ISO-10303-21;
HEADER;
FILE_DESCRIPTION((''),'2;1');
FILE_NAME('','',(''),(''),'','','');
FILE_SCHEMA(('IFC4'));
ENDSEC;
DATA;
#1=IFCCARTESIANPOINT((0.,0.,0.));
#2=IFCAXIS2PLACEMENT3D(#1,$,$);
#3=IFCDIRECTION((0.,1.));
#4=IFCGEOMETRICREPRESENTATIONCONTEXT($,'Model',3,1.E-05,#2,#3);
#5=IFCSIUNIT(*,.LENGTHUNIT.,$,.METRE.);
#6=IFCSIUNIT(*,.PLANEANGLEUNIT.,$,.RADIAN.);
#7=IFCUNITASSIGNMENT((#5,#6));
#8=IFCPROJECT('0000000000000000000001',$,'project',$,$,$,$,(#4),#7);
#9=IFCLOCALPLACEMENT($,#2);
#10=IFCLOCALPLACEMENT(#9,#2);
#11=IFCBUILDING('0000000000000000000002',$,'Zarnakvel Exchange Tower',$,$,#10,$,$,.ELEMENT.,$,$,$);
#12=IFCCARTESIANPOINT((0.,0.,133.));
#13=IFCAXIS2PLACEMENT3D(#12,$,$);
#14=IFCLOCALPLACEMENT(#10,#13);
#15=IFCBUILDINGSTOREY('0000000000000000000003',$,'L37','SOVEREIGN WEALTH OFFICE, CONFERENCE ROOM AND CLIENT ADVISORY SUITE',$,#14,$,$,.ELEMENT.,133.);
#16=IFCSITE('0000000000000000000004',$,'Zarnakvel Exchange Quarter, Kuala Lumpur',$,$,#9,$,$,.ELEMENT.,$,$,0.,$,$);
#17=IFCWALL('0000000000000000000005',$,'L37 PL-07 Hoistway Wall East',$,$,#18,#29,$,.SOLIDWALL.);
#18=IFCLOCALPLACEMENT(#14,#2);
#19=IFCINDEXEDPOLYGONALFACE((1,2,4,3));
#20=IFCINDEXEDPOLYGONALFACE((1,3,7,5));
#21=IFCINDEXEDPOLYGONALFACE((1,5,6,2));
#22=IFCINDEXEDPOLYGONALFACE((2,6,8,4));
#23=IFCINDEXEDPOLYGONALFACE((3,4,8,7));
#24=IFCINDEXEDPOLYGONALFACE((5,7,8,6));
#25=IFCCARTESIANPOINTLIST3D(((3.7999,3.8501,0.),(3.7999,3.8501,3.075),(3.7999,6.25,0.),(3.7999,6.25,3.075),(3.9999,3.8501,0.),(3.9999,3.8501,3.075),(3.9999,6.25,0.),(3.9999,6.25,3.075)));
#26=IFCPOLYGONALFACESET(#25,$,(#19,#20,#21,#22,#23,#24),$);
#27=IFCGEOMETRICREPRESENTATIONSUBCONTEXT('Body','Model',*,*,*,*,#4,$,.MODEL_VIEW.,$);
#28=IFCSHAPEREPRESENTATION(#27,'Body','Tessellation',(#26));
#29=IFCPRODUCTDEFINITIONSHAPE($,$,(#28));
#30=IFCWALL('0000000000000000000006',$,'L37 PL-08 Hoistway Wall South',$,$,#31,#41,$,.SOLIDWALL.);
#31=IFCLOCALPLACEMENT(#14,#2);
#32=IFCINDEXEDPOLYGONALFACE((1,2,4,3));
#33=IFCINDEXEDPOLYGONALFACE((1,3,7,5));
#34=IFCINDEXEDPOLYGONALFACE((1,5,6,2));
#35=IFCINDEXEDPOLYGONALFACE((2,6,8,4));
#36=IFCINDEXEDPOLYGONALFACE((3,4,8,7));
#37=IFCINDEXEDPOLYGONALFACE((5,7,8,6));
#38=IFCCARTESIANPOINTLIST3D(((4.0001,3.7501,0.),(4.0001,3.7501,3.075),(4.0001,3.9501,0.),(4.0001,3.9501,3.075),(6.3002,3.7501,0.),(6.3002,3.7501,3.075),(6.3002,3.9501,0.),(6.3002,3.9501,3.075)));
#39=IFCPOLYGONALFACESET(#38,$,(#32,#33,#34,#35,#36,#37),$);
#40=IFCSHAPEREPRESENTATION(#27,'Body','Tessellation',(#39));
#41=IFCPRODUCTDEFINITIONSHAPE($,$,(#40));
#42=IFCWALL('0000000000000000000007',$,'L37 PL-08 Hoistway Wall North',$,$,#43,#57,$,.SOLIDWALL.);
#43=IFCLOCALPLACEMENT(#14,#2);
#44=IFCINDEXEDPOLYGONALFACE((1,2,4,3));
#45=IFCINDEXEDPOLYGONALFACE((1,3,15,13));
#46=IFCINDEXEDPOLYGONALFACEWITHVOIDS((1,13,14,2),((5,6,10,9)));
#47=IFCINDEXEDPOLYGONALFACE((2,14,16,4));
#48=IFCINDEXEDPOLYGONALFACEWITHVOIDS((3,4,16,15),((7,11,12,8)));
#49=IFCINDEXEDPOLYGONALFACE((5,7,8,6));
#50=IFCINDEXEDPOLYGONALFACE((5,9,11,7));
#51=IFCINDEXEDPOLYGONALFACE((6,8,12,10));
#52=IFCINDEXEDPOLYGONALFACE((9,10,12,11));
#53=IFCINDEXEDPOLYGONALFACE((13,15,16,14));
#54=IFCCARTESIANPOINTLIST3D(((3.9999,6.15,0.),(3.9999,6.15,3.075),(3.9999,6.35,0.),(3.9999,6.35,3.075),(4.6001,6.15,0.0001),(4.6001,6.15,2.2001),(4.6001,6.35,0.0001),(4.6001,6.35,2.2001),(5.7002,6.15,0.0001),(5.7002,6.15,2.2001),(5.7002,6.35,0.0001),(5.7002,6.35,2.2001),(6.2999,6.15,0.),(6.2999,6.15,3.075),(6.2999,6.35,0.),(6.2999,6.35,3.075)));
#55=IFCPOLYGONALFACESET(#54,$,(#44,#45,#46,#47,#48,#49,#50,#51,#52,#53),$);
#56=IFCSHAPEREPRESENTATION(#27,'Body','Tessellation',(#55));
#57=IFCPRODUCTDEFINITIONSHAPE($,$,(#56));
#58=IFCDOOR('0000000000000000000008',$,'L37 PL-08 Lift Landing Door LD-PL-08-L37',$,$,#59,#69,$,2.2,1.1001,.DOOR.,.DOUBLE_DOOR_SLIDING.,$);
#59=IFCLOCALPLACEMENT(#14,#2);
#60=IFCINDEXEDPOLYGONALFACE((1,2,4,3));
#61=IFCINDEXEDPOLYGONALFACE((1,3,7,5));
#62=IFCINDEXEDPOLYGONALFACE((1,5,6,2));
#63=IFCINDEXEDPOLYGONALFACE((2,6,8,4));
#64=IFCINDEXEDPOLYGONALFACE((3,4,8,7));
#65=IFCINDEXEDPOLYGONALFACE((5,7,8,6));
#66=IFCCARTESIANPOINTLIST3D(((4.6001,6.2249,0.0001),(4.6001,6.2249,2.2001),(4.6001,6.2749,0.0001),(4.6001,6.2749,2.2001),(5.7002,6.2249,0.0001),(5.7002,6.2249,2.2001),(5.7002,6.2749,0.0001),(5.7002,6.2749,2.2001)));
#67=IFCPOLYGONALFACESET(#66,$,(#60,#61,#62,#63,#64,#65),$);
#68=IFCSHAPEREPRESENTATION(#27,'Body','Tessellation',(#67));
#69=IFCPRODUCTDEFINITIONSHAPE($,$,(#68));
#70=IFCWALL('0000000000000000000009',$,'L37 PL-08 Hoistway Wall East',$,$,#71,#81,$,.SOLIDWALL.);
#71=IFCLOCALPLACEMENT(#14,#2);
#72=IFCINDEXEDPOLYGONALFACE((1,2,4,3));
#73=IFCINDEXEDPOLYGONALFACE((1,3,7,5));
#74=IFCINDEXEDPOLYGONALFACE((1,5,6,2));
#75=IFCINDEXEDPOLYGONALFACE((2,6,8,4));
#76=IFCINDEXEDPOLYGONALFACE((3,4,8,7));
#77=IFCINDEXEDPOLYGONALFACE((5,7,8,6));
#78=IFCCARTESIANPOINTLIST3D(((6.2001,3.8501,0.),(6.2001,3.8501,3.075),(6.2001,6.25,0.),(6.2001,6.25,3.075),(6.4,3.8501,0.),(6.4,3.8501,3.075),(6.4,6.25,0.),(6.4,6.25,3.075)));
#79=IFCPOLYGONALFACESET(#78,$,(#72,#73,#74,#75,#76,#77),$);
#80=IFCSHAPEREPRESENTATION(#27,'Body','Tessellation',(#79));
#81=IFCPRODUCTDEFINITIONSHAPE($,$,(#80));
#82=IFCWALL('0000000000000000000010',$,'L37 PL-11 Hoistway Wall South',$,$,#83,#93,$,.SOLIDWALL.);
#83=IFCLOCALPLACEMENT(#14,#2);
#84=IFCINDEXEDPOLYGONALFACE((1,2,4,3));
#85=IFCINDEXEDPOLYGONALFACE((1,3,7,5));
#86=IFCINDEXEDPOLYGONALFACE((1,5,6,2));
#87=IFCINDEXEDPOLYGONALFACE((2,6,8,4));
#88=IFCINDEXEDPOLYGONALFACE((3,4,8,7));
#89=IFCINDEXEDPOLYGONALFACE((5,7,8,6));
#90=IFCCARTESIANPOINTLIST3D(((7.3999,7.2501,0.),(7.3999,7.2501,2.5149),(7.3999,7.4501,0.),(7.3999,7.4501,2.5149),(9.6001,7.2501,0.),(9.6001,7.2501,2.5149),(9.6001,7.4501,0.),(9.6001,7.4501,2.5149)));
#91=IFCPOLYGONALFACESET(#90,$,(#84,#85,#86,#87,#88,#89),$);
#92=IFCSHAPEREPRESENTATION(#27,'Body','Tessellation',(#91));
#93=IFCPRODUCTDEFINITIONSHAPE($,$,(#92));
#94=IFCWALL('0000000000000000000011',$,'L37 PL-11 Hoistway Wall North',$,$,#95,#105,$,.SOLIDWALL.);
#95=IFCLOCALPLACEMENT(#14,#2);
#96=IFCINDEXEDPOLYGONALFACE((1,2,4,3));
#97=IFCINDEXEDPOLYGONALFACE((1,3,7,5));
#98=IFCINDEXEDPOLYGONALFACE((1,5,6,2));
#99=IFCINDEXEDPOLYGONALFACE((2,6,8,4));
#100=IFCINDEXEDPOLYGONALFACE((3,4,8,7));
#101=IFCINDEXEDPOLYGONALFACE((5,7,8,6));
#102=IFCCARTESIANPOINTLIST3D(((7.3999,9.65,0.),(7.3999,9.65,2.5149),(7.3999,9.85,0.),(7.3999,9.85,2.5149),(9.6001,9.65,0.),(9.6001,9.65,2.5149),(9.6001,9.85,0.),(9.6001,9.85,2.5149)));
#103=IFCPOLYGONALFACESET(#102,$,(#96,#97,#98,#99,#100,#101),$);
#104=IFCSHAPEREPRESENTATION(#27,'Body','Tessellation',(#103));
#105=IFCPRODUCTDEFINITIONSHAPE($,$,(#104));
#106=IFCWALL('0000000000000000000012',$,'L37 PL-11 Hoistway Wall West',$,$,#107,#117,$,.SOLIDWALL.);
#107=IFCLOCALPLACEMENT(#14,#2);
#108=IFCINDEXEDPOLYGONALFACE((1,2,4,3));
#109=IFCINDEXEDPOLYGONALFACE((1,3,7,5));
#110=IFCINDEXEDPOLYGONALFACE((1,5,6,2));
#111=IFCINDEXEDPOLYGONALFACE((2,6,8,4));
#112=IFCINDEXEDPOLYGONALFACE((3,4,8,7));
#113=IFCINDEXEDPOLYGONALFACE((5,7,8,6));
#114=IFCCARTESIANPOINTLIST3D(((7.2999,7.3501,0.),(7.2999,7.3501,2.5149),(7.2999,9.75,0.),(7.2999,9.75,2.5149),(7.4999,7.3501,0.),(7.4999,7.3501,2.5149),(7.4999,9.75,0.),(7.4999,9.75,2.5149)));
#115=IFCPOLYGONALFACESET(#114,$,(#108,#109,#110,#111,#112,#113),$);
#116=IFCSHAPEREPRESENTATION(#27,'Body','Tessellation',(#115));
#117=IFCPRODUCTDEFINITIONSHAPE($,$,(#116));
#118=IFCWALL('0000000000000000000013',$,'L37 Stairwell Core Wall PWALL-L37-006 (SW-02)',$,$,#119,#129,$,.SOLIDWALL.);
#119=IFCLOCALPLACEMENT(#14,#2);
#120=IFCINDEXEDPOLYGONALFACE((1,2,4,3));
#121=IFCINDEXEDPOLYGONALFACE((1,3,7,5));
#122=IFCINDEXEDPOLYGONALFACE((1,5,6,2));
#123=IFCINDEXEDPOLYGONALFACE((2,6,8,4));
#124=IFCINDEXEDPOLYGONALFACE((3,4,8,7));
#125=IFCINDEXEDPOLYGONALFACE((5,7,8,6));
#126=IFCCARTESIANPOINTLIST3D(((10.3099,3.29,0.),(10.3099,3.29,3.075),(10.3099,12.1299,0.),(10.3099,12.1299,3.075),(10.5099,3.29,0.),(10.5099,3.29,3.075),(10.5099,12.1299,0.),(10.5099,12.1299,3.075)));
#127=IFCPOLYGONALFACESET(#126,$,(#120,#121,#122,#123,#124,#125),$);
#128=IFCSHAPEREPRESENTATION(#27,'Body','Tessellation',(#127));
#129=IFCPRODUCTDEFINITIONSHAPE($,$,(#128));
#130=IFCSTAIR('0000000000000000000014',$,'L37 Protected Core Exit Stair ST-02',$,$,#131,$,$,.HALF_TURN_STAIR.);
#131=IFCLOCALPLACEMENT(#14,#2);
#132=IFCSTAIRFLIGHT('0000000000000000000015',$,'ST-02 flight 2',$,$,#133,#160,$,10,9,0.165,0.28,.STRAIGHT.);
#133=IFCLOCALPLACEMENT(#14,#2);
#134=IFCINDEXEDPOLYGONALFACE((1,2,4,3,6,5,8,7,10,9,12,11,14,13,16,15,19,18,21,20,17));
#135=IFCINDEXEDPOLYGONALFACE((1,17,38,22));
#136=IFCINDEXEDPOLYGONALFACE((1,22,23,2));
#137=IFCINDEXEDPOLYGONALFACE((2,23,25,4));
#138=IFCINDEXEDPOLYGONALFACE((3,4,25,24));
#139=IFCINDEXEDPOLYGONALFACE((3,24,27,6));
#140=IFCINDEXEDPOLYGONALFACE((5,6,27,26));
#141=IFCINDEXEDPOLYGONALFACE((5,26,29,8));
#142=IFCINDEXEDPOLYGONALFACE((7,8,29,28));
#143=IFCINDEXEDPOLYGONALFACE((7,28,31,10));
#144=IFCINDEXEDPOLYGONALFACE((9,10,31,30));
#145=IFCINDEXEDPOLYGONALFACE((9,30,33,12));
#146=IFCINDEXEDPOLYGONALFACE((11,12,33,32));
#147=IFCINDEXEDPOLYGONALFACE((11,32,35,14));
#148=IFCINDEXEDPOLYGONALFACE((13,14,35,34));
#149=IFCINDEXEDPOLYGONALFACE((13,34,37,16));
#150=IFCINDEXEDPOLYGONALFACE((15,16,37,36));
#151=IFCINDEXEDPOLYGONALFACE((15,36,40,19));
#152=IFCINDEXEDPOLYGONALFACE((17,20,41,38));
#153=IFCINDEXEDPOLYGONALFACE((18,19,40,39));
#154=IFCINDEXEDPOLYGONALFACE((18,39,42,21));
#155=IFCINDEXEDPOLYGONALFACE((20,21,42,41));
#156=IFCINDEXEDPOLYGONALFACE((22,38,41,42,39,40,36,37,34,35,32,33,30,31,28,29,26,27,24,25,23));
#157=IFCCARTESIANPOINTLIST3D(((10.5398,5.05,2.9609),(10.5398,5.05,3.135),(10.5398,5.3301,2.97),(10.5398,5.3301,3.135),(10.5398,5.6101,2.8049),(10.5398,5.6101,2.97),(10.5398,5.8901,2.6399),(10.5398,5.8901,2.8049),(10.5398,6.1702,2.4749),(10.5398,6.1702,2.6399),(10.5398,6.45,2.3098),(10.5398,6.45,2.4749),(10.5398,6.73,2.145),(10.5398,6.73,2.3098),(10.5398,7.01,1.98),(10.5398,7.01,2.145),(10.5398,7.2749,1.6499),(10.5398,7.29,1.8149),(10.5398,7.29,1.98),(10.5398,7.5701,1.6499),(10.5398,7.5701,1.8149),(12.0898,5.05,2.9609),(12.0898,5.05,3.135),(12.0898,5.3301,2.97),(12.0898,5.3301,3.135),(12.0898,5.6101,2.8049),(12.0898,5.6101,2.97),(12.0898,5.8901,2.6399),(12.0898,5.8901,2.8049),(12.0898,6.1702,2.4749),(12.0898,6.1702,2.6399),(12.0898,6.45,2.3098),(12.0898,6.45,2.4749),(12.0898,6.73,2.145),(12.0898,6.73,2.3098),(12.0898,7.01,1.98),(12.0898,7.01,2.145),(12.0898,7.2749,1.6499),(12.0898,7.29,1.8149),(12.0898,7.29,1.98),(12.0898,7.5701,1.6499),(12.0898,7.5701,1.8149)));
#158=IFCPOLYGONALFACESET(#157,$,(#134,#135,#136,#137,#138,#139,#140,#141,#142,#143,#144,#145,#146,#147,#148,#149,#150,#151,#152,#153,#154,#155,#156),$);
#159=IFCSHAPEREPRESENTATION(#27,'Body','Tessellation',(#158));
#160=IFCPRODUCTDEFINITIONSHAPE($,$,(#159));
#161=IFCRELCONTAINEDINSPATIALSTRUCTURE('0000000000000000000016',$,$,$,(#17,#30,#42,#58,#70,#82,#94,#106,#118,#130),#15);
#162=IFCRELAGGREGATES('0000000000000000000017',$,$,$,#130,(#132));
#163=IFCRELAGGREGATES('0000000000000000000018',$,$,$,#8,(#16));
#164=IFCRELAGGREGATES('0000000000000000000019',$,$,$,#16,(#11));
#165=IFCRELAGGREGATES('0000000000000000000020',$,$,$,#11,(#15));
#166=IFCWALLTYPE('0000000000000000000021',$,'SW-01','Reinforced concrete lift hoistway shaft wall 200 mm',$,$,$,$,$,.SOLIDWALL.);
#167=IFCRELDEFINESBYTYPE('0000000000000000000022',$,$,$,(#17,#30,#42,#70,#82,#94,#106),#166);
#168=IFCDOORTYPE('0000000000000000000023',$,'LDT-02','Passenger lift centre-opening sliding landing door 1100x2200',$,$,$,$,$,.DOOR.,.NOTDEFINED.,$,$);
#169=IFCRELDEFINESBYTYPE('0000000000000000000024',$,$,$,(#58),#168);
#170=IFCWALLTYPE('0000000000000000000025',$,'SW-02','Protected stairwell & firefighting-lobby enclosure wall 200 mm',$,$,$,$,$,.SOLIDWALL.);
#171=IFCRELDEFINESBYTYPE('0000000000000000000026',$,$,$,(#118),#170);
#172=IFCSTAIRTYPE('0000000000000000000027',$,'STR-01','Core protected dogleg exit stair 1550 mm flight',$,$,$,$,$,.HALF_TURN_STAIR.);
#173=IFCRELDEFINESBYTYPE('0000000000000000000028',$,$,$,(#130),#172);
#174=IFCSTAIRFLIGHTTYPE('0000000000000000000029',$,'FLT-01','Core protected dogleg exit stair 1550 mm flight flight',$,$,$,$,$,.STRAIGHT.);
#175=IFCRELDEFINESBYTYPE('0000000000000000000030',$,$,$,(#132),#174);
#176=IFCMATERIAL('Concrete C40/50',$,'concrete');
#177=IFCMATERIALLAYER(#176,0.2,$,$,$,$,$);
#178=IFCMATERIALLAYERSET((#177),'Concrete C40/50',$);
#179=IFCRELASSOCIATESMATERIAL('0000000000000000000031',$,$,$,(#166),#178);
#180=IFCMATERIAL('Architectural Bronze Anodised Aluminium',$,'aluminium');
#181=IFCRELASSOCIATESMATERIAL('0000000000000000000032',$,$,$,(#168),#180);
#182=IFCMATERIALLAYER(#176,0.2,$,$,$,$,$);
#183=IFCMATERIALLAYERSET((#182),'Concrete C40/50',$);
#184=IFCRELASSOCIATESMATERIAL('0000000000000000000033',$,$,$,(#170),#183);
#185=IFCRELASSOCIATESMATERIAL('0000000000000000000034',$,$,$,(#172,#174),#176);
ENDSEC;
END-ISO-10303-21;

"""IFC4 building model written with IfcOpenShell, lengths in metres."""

from ifc_helpers import new_model, si_unit, direction, frame, frame_2d, origin, place, context, subcontext, project, spatial, polyline, rectangle, outline, extrude, source, transform, mapped, material, layer, layer_set, type_object, element, fill, aggregate, save


model = new_model("IFC4")

# Units and contexts
model_context = context("Model", 3, precision=1e-05, world=origin(), true_north=direction((0.0, 1.0)))
body_context = subcontext(model_context, "Body", "Model", "MODEL_VIEW")
ifc_project = project(units=[si_unit("LENGTHUNIT", "METRE"), si_unit("PLANEANGLEUNIT", "RADIAN")], contexts=[model_context])

# Site, building, storey
site_placement = place(None, origin())
site = spatial("IfcSite", under=ifc_project, at=site_placement, Name="Zarnakvel Exchange Quarter, Kuala Lumpur", CompositionType="ELEMENT", RefElevation=0.0)
building_placement = place(site_placement, origin())
building = spatial("IfcBuilding", under=site, at=building_placement, Name="Zarnakvel Exchange Tower", CompositionType="ELEMENT")
storey_placement = place(building_placement, frame((0.0, 0.0, 133.0)))
storey = spatial("IfcBuildingStorey", under=building, at=storey_placement, Name="L37", Description="SOVEREIGN WEALTH OFFICE, CONFERENCE ROOM AND CLIENT ADVISORY SUITE", CompositionType="ELEMENT", Elevation=133.0)

# Shared definitions
ifc_material_1 = material(Name="Concrete C40/50", Category="concrete")
ifc_layer_1 = layer(ifc_material_1, 0.2)
ifc_layer_set_1 = layer_set([ifc_layer_1], Name="Concrete C40/50")
wall_type_1 = type_object("IfcWallType", Name="SW-01", Description="Reinforced concrete lift hoistway shaft wall 200 mm", PredefinedType="SOLIDWALL", material=ifc_layer_set_1)
shared_shape_1 = source(origin(), body_context, "Body", "SweptSolid", [
    extrude(rectangle(XDim=1.1001, YDim=2.2, at=frame_2d((0.55, 1.1001))), frame((0.0, 0.0249, 0.0), z_axis=(0.0, -1.0, 0.0), x_axis=(1.0, 0.0, 0.0)), (0.0, 0.0, 1.0), 0.05),
])

# Shared definitions
ifc_material_2 = material(Name="Architectural Bronze Anodised Aluminium", Category="aluminium")
door_type_1 = type_object("IfcDoorType", Name="LDT-02", Description="Passenger lift centre-opening sliding landing door 1100x2200", OperationType="NOTDEFINED", PredefinedType="DOOR", material=ifc_material_2)

# Walls
for number, where, z_axis, x_axis, name in (
    (1, (3.8999, 6.25, 0.0), (0.0, 0.0, 1.0), (0.0, -1.0, 0.0), "L37 PL-07 Hoistway Wall East"),
):
    element("IfcWall", number, at=place(storey_placement, frame(where, z_axis=z_axis, x_axis=x_axis)), inside=storey, type_object=wall_type_1, Name=name, PredefinedType="SOLIDWALL", context=body_context, shape_type="SweptSolid", body=[
        extrude(rectangle(XDim=2.3999, YDim=0.2, at=frame_2d((1.2, 0.0))), origin(), (0.0, 0.0, 1.0), 3.075),
    ])
wall_1_placement = place(storey_placement, frame((6.3, 3.8501, 0.0), z_axis=(0.0, 0.0, 1.0), x_axis=(-1.0, 0.0, 0.0)))
element("IfcWall", 2, at=wall_1_placement, inside=storey, type_object=wall_type_1, Name="L37 PL-08 Hoistway Wall South", PredefinedType="SOLIDWALL", context=body_context, shape_type="SweptSolid", body=[
    extrude(rectangle(XDim=2.3, YDim=0.2, at=frame_2d((1.1499, 0.0))), origin(), (0.0, 0.0, 1.0), 3.075),
])

# Wall, opening, door
wall_2_placement = place(storey_placement, frame((4.0, 6.25, 0.0), z_axis=(0.0, 0.0, 1.0), x_axis=(1.0, 0.0, 0.0)))
wall_2 = element("IfcWall", 3, at=wall_2_placement, inside=storey, type_object=wall_type_1, Name="L37 PL-08 Hoistway Wall North", PredefinedType="SOLIDWALL", context=body_context, shape_type="SweptSolid", body=[
    extrude(rectangle(XDim=2.3, YDim=0.2, at=frame_2d((1.1499, 0.0))), origin(), (0.0, 0.0, 1.0), 3.075),
])
opening_1_placement = place(wall_2_placement, frame((0.6001, 0.0, 0.0)))
opening_1 = element("IfcOpeningElement", 4, at=opening_1_placement, cuts=wall_2, PredefinedType="OPENING", context=body_context, shape_type="SweptSolid", body=[
    extrude(rectangle(XDim=1.1001, YDim=2.2, at=frame_2d((0.55, 1.1001))), frame((0.0, 0.1099, 0.0), z_axis=(0.0, -1.0, 0.0), x_axis=(1.0, 0.0, 0.0)), (0.0, 0.0, 1.0), 0.22),
])
door_1_placement = place(opening_1_placement, origin())
door_1 = element("IfcDoor", 5, at=door_1_placement, inside=storey, type_object=door_type_1, Name="L37 PL-08 Lift Landing Door LD-PL-08-L37", OperationType="DOUBLE_DOOR_SLIDING", OverallHeight=2.2, OverallWidth=1.1001, PredefinedType="DOOR", context=body_context, shape_type="MappedRepresentation", body=[
    mapped(shared_shape_1, transform((0.0, 0.0, 0.0), x_axis=(1.0, 0.0, 0.0), y_axis=(0.0, 1.0, 0.0), z_axis=(0.0, 0.0, 1.0), scale=1.0)),
])
fill(opening_1, door_1)

# Walls
wall_3_placement = place(storey_placement, frame((6.3, 6.25, 0.0), z_axis=(0.0, 0.0, 1.0), x_axis=(0.0, -1.0, 0.0)))
element("IfcWall", 6, at=wall_3_placement, inside=storey, type_object=wall_type_1, Name="L37 PL-08 Hoistway Wall East", PredefinedType="SOLIDWALL", context=body_context, shape_type="SweptSolid", body=[
    extrude(rectangle(XDim=2.3999, YDim=0.2, at=frame_2d((1.2, 0.0))), origin(), (0.0, 0.0, 1.0), 3.075),
])
for number, where, z_axis, x_axis, name in (
    (7, (9.6001, 7.3501, 0.0), (0.0, 0.0, 1.0), (-1.0, 0.0, 0.0), "L37 PL-11 Hoistway Wall South"),
    (8, (7.3999, 9.75, 0.0), (0.0, 0.0, 1.0), (1.0, 0.0, 0.0), "L37 PL-11 Hoistway Wall North"),
):
    element("IfcWall", number, at=place(storey_placement, frame(where, z_axis=z_axis, x_axis=x_axis)), inside=storey, type_object=wall_type_1, Name=name, PredefinedType="SOLIDWALL", context=body_context, shape_type="SweptSolid", body=[
        extrude(rectangle(XDim=2.2002, YDim=0.2, at=frame_2d((1.1001, 0.0))), origin(), (0.0, 0.0, 1.0), 2.5149),
    ])
wall_4_placement = place(storey_placement, frame((7.3999, 7.3501, 0.0), z_axis=(0.0, 0.0, 1.0), x_axis=(0.0, 1.0, 0.0)))
element("IfcWall", 9, at=wall_4_placement, inside=storey, type_object=wall_type_1, Name="L37 PL-11 Hoistway Wall West", PredefinedType="SOLIDWALL", context=body_context, shape_type="SweptSolid", body=[
    extrude(rectangle(XDim=2.3999, YDim=0.2, at=frame_2d((1.2, 0.0))), origin(), (0.0, 0.0, 1.0), 2.5149),
])
ifc_layer_2 = layer(ifc_material_1, 0.2)
ifc_layer_set_2 = layer_set([ifc_layer_2], Name="Concrete C40/50")
wall_type_2 = type_object("IfcWallType", Name="SW-02", Description="Protected stairwell & firefighting-lobby enclosure wall 200 mm", PredefinedType="SOLIDWALL", material=ifc_layer_set_2)
wall_5_placement = place(storey_placement, frame((10.4099, 3.29, 0.0), z_axis=(0.0, 0.0, 1.0), x_axis=(0.0, 1.0, 0.0)))
element("IfcWall", 10, at=wall_5_placement, inside=storey, type_object=wall_type_2, Name="L37 Stairwell Core Wall PWALL-L37-006 (SW-02)", PredefinedType="SOLIDWALL", context=body_context, shape_type="SweptSolid", body=[
    extrude(rectangle(XDim=8.8398, YDim=0.2, at=frame_2d((4.4199, 0.0))), origin(), (0.0, 0.0, 1.0), 3.075),
])

# Stair, stair flight
stair_type = type_object("IfcStairType", Name="STR-01", Description="Core protected dogleg exit stair 1550 mm flight", PredefinedType="HALF_TURN_STAIR", material=ifc_material_1)
stair_placement = place(storey_placement, origin())
stair = element("IfcStair", 11, at=stair_placement, inside=storey, type_object=stair_type, Name="L37 Protected Core Exit Stair ST-02", PredefinedType="HALF_TURN_STAIR")
stair_flight_type = type_object("IfcStairFlightType", Name="FLT-01", Description="Core protected dogleg exit stair 1550 mm flight flight", PredefinedType="STRAIGHT", material=ifc_material_1)
stair_flight_placement = place(storey_placement, frame((11.3149, 7.5701, 1.6499), z_axis=(0.0, 0.0, 1.0), x_axis=(0.0, -1.0, 0.0)))
stair_flight = element("IfcStairFlight", 12, at=stair_flight_placement, type_object=stair_flight_type, Name="ST-02 flight 2", NumberOfRisers=10, NumberOfTreads=9, PredefinedType="STRAIGHT", RiserHeight=0.165, TreadLength=0.28, context=body_context, shape_type="SweptSolid", body=[
    extrude(outline(polyline([(0.0, 0.0), (0.0, 0.165), (0.28, 0.165), (0.28, 0.3301), (0.5601, 0.3301), (0.5601, 0.4951), (0.8401, 0.4951), (0.8401, 0.6599), (1.1201, 0.6599), (1.1201, 0.825), (1.3999, 0.825), (1.3999, 0.99), (1.6799, 0.99), (1.6799, 1.155), (1.96, 1.155), (1.96, 1.3201), (2.24, 1.3201), (2.24, 1.4851), (2.52, 1.4851), (2.52, 1.6499), (2.52, 1.311), (0.2952, 0.0), (0.0, 0.0)])), frame((0.0, 0.7749, 0.0), z_axis=(0.0, -1.0, 0.0), x_axis=(1.0, 0.0, 0.0)), (0.0, 0.0, 1.0), 1.55),
])
aggregate(stair, [stair_flight])

save(model, "model.ifc")
